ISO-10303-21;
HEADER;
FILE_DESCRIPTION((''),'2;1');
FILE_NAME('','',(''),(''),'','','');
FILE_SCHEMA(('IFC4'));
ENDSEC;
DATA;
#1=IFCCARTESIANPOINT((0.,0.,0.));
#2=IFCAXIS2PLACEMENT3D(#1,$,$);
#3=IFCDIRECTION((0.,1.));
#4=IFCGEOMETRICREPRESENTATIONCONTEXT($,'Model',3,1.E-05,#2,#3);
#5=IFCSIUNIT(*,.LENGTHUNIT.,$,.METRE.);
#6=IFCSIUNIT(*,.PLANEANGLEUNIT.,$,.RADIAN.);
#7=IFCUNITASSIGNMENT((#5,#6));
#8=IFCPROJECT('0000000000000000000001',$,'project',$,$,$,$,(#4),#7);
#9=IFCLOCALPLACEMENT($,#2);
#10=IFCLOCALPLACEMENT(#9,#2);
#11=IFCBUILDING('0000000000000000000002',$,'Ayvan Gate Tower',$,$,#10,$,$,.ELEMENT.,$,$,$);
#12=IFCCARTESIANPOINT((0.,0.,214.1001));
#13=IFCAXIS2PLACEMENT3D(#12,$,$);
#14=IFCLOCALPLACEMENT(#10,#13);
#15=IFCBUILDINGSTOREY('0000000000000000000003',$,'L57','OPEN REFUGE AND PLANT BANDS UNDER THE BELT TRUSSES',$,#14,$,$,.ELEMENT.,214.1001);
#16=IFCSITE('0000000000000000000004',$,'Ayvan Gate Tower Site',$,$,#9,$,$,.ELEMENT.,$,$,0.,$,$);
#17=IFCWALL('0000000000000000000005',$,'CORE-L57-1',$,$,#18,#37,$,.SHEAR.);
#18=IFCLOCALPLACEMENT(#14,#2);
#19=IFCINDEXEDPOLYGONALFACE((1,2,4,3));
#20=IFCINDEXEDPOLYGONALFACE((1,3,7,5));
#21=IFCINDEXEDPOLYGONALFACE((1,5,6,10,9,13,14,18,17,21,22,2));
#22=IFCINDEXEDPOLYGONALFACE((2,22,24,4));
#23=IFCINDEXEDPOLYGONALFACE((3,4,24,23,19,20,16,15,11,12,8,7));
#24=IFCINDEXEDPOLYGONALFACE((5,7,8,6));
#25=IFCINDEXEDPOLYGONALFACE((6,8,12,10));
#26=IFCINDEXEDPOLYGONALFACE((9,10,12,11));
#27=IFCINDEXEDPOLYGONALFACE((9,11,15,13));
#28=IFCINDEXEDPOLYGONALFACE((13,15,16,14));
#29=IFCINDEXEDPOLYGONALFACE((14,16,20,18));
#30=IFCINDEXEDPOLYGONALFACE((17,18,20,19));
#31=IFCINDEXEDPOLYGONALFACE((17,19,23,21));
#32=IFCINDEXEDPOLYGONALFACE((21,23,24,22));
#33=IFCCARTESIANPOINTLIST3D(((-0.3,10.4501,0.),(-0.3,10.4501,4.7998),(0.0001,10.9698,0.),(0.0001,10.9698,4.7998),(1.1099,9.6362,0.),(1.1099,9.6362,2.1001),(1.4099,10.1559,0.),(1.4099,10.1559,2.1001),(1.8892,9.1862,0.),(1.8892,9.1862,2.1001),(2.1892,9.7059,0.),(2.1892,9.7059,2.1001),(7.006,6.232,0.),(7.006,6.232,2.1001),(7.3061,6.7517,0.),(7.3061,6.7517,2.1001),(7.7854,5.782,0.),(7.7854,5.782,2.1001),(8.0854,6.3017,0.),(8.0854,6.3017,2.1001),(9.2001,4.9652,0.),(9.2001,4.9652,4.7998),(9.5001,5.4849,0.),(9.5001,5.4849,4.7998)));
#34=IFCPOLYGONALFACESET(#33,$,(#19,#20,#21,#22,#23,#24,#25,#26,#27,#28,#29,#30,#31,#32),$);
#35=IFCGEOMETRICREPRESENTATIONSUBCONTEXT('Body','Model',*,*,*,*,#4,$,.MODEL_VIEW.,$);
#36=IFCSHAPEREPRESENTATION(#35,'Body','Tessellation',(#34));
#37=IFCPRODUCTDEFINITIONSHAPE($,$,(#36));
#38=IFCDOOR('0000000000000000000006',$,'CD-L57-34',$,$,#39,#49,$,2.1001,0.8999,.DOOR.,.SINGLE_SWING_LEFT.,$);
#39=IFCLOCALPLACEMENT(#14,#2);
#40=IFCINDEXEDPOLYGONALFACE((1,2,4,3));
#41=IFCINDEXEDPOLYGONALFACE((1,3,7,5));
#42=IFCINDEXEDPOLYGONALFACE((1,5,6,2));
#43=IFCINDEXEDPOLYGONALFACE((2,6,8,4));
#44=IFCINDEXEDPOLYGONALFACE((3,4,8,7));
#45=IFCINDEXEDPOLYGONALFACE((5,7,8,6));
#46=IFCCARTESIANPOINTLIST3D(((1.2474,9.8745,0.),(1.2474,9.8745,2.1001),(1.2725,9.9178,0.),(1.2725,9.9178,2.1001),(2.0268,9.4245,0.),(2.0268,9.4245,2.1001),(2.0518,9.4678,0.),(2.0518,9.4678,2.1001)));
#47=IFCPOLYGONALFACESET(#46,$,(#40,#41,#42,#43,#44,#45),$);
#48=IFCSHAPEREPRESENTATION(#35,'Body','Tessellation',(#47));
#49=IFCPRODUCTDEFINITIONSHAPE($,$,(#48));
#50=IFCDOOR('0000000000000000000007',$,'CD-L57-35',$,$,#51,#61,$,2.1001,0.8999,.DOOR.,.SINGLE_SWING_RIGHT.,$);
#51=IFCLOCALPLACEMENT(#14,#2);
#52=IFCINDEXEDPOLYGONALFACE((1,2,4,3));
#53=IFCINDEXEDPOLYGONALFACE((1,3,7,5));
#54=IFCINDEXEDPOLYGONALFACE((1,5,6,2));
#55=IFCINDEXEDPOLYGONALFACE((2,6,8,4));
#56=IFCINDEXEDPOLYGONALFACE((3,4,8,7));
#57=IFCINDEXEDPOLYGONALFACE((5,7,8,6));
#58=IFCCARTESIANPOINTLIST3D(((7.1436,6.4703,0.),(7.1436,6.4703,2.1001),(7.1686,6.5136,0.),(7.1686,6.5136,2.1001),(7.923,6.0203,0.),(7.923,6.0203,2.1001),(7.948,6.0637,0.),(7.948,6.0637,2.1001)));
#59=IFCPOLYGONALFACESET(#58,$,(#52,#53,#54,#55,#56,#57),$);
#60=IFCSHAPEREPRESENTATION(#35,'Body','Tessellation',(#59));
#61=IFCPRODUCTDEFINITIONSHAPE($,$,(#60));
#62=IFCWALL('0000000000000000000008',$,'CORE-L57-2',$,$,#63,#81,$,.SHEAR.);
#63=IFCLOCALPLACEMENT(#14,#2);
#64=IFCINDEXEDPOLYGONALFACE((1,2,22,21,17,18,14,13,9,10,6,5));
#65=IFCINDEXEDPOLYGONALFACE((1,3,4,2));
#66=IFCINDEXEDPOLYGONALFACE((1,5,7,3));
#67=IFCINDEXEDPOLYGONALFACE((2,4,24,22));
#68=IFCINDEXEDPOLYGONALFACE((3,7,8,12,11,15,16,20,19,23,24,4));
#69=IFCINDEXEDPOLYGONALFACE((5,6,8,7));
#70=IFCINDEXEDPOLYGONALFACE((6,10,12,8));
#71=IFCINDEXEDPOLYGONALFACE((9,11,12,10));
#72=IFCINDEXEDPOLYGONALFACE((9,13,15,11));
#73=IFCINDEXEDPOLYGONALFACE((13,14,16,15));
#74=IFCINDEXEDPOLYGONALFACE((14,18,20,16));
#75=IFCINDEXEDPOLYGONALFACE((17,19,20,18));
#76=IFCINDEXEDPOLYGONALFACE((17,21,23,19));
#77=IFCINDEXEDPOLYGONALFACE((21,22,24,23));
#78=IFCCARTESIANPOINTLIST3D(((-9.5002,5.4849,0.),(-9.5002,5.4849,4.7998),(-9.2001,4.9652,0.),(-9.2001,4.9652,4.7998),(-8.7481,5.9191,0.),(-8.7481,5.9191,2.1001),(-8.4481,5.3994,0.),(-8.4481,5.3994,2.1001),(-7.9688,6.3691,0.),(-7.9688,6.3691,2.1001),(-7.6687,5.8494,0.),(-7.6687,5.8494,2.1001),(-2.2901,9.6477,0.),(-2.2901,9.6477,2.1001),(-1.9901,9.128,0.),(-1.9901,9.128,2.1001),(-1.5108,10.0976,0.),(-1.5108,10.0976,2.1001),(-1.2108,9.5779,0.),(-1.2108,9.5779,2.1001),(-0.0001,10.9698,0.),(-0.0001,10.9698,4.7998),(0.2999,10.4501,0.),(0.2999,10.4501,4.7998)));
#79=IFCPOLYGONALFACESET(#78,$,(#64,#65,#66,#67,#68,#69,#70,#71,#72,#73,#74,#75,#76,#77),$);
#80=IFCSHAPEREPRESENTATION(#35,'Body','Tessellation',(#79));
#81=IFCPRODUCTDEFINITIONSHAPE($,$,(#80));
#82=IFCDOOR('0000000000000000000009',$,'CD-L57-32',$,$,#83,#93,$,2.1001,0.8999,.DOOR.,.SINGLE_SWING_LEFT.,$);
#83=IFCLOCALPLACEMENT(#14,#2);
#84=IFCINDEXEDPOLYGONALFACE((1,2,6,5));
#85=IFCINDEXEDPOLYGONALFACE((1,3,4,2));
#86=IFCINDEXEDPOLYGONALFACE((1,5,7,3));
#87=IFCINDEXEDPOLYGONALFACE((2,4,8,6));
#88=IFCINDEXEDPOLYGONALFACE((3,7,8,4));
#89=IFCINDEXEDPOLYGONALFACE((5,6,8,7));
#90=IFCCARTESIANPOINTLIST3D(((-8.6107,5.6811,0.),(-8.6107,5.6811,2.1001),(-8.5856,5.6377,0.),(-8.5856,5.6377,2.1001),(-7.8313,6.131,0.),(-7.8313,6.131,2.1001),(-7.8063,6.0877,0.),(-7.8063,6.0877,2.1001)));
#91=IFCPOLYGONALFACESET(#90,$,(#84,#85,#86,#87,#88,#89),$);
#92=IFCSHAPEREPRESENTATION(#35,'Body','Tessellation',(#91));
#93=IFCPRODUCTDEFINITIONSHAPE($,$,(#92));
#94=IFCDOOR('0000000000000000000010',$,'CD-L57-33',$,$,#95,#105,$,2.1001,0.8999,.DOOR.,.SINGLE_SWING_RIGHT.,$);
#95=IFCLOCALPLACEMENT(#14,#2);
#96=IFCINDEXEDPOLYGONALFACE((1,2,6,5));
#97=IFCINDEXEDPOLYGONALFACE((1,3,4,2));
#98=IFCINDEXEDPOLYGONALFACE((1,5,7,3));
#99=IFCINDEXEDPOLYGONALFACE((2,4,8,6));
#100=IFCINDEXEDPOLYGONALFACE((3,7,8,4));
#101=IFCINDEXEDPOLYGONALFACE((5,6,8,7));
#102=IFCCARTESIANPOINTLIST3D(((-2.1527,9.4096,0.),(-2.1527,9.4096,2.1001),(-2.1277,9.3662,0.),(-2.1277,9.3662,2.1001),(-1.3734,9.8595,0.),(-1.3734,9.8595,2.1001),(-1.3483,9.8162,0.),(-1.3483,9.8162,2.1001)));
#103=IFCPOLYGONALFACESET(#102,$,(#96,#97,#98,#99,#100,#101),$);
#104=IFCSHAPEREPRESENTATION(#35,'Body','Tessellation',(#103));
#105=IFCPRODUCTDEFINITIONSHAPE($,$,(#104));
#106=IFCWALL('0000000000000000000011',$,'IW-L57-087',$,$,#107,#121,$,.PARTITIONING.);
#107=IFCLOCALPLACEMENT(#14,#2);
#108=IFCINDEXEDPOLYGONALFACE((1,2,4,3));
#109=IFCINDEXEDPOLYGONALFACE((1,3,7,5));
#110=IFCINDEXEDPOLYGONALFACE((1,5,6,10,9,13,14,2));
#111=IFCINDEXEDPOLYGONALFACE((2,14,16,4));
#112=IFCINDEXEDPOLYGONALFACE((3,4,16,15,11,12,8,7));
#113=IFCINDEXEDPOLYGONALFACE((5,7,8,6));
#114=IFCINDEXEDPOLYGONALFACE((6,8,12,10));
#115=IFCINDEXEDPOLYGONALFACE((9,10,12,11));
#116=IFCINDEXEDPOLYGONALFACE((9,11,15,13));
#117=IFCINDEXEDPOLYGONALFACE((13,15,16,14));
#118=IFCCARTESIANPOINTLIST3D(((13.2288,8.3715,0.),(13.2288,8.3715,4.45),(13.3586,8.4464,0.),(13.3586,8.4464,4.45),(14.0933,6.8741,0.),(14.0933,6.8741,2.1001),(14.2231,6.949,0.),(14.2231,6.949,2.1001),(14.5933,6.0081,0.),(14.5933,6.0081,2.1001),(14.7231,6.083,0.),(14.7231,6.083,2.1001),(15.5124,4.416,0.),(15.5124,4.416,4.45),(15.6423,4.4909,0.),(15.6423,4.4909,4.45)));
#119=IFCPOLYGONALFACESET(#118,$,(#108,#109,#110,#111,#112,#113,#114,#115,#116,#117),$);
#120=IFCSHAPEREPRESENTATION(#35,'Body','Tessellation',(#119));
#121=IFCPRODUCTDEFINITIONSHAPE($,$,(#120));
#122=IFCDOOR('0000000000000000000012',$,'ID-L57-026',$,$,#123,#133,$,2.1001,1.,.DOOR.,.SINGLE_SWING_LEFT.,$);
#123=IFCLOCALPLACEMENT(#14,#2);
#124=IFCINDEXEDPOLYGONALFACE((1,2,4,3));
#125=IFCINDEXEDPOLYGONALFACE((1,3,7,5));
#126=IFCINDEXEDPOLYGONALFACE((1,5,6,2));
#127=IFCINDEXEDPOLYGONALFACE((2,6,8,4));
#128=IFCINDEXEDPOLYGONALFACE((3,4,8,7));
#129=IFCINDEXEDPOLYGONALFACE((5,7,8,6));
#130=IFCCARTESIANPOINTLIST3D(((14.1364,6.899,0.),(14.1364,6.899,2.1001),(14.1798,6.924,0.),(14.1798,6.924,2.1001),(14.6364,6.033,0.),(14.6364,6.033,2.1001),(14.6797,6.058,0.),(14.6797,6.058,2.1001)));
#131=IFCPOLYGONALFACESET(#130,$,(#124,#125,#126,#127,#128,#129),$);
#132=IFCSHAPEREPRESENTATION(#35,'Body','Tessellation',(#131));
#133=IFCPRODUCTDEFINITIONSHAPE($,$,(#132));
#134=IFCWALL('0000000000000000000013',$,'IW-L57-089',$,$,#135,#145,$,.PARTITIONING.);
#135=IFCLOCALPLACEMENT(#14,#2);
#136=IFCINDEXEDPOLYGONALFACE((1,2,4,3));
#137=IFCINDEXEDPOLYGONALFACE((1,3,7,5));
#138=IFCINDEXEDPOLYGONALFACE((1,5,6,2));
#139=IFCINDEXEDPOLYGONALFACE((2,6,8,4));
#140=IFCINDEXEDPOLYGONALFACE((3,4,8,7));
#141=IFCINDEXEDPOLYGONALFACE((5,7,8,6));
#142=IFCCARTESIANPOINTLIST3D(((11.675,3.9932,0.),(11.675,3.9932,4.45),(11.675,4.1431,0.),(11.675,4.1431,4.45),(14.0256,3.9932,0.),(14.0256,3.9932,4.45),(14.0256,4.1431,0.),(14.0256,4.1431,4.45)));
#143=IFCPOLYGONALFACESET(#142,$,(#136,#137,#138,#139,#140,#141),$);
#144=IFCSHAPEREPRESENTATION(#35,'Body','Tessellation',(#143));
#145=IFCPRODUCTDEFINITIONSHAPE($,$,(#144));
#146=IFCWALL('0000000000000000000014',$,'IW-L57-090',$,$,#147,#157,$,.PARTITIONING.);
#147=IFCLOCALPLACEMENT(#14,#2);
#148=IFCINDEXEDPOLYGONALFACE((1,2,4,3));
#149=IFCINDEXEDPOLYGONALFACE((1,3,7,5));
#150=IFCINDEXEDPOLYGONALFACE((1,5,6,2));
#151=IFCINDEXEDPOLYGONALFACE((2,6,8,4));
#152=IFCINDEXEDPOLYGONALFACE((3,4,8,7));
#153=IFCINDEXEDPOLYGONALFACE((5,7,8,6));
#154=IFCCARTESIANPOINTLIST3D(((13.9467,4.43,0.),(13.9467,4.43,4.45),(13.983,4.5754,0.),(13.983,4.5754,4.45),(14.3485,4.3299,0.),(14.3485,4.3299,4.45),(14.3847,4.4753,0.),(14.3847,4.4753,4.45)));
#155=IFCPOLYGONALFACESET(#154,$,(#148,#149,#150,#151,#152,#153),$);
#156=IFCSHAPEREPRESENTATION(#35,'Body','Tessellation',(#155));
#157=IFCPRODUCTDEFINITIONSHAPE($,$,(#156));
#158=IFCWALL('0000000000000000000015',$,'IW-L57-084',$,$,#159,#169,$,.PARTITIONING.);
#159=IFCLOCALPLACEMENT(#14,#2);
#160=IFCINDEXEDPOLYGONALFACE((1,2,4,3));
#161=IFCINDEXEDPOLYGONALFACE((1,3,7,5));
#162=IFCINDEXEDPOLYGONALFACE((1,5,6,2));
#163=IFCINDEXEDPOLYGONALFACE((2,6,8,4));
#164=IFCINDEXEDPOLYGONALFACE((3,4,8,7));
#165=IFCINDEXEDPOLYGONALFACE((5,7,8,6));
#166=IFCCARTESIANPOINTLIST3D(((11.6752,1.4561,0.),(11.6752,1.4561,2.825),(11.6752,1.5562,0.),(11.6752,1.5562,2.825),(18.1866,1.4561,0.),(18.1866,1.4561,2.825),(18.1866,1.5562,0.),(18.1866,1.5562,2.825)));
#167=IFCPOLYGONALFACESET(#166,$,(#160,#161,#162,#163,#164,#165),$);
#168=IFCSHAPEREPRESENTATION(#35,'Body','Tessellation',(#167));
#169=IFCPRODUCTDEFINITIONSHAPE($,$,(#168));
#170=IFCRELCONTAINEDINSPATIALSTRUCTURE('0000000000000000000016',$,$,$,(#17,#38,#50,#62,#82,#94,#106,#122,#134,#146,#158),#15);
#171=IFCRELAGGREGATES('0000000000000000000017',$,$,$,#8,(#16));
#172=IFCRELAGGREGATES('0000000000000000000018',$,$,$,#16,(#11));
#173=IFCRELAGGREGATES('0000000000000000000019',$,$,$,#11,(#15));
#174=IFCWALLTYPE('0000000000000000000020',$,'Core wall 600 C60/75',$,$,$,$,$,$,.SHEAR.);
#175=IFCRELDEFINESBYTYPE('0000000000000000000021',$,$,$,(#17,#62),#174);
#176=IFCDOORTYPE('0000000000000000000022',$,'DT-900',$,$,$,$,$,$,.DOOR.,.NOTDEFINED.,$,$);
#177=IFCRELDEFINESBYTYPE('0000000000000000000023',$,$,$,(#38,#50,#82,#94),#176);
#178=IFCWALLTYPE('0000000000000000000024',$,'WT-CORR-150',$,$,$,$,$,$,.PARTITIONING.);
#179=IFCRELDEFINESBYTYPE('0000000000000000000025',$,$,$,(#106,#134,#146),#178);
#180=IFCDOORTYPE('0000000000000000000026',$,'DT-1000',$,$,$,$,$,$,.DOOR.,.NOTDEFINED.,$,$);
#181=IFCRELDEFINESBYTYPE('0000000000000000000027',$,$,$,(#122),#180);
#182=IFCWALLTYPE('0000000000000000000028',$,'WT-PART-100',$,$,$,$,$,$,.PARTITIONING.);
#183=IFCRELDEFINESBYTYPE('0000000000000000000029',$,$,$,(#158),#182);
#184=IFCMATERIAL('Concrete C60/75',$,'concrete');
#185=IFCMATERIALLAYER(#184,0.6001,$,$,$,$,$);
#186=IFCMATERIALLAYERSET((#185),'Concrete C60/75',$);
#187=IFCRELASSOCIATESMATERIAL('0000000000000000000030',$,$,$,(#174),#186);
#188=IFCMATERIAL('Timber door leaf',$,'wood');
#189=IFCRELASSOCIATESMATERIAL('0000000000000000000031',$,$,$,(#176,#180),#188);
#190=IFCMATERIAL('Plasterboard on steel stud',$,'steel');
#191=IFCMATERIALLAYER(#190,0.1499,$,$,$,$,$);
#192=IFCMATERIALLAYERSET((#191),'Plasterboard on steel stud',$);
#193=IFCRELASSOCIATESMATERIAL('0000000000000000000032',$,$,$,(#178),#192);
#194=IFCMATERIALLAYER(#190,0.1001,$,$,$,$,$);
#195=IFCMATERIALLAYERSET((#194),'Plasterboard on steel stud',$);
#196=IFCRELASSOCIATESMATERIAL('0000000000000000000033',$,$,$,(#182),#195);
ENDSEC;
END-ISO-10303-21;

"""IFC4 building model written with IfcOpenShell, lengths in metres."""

from ifc_helpers import new_model, si_unit, direction, frame, frame_2d, origin, place, context, subcontext, project, spatial, rectangle, extrude, material, layer, layer_set, type_object, element, fill, save


model = new_model("IFC4")

# Units and contexts
model_context = context("Model", 3, precision=1e-05, world=origin(), true_north=direction((0.0, 1.0)))
body_context = subcontext(model_context, "Body", "Model", "MODEL_VIEW")
ifc_project = project(units=[si_unit("LENGTHUNIT", "METRE"), si_unit("PLANEANGLEUNIT", "RADIAN")], contexts=[model_context])

# Site, building, storey
site_placement = place(None, origin())
site = spatial("IfcSite", under=ifc_project, at=site_placement, Name="Ayvan Gate Tower Site", CompositionType="ELEMENT", RefElevation=0.0)
building_placement = place(site_placement, origin())
building = spatial("IfcBuilding", under=site, at=building_placement, Name="Ayvan Gate Tower", CompositionType="ELEMENT")
storey_placement = place(building_placement, frame((0.0, 0.0, 214.1001)))
storey = spatial("IfcBuildingStorey", under=building, at=storey_placement, Name="L57", Description="OPEN REFUGE AND PLANT BANDS UNDER THE BELT TRUSSES", CompositionType="ELEMENT", Elevation=214.1001)

# Walls, openings, doors
ifc_material_1 = material(Name="Concrete C60/75", Category="concrete")
ifc_layer_1 = layer(ifc_material_1, 0.6001)
ifc_layer_set_1 = layer_set([ifc_layer_1], Name="Concrete C60/75")
wall_type_1 = type_object("IfcWallType", Name="Core wall 600 C60/75", PredefinedType="SHEAR", material=ifc_layer_set_1)
wall_1_placement = place(storey_placement, frame((9.3501, 5.2251, 0.0), z_axis=(0.0, 0.0, 1.0), x_axis=(-0.866024, 0.500002, 0.0)))
wall_1 = element("IfcWall", 1, at=wall_1_placement, inside=storey, type_object=wall_type_1, Name="CORE-L57-1", PredefinedType="SHEAR", context=body_context, shape_type="SweptSolid", body=[
    extrude(rectangle(XDim=10.9697, YDim=0.6001, at=frame_2d((5.4849, 0.0))), origin(), (0.0, 0.0, 1.0), 4.7998),
])
opening_1_placement = place(wall_1_placement, frame((8.4419, 0.0, 0.0)))
opening_1 = element("IfcOpeningElement", 2, at=opening_1_placement, cuts=wall_1, PredefinedType="OPENING", context=body_context, shape_type="SweptSolid", body=[
    extrude(rectangle(XDim=0.8999, YDim=2.1001, at=frame_2d((0.45, 1.05))), frame((0.0, 0.3101, 0.0), z_axis=(0.0, -1.0, 0.0), x_axis=(1.0, 0.0, 0.0)), (0.0, 0.0, 1.0), 0.6201),
])
opening_2_placement = place(wall_1_placement, frame((1.6335, 0.0, 0.0)))
opening_2 = element("IfcOpeningElement", 3, at=opening_2_placement, cuts=wall_1, PredefinedType="OPENING", context=body_context, shape_type="SweptSolid", body=[
    extrude(rectangle(XDim=0.8999, YDim=2.1001, at=frame_2d((0.45, 1.05))), frame((0.0, 0.3101, 0.0), z_axis=(0.0, -1.0, 0.0), x_axis=(1.0, 0.0, 0.0)), (0.0, 0.0, 1.0), 0.6201),
])
ifc_material_2 = material(Name="Timber door leaf", Category="wood")
door_type_1 = type_object("IfcDoorType", Name="DT-900", OperationType="NOTDEFINED", PredefinedType="DOOR", material=ifc_material_2)
door_1_placement = place(opening_1_placement, origin())
door_1 = element("IfcDoor", 4, at=door_1_placement, inside=storey, type_object=door_type_1, Name="CD-L57-34", OperationType="SINGLE_SWING_LEFT", OverallHeight=2.1001, OverallWidth=0.8999, PredefinedType="DOOR", context=body_context, shape_type="SweptSolid", body=[
    extrude(rectangle(XDim=0.8999, YDim=2.1001, at=frame_2d((0.45, 1.05))), frame((0.0, 0.0249, 0.0), z_axis=(0.0, -1.0, 0.0), x_axis=(1.0, 0.0, 0.0)), (0.0, 0.0, 1.0), 0.05),
])
fill(opening_1, door_1)
door_2_placement = place(opening_2_placement, origin())
door_2 = element("IfcDoor", 5, at=door_2_placement, inside=storey, type_object=door_type_1, Name="CD-L57-35", OperationType="SINGLE_SWING_RIGHT", OverallHeight=2.1001, OverallWidth=0.8999, PredefinedType="DOOR", context=body_context, shape_type="SweptSolid", body=[
    extrude(rectangle(XDim=0.8999, YDim=2.1001, at=frame_2d((0.45, 1.05))), frame((0.0, 0.0249, 0.0), z_axis=(0.0, -1.0, 0.0), x_axis=(1.0, 0.0, 0.0)), (0.0, 0.0, 1.0), 0.05),
])
fill(opening_2, door_2)
wall_2_placement = place(storey_placement, frame((0.1499, 10.71, 0.0), z_axis=(0.0, 0.0, 1.0), x_axis=(-0.866024, -0.500002, 0.0)))
wall_2 = element("IfcWall", 6, at=wall_2_placement, inside=storey, type_object=wall_type_1, Name="CORE-L57-2", PredefinedType="SHEAR", context=body_context, shape_type="SweptSolid", body=[
    extrude(rectangle(XDim=10.9697, YDim=0.6001, at=frame_2d((5.4849, 0.0))), origin(), (0.0, 0.0, 1.0), 4.7998),
])
opening_3_placement = place(wall_2_placement, frame((9.2014, 0.0, 0.0)))
opening_3 = element("IfcOpeningElement", 7, at=opening_3_placement, cuts=wall_2, PredefinedType="OPENING", context=body_context, shape_type="SweptSolid", body=[
    extrude(rectangle(XDim=0.8999, YDim=2.1001, at=frame_2d((0.45, 1.05))), frame((0.0, 0.3101, 0.0), z_axis=(0.0, -1.0, 0.0), x_axis=(1.0, 0.0, 0.0)), (0.0, 0.0, 1.0), 0.6201),
])
opening_4_placement = place(wall_2_placement, frame((1.7444, 0.0, 0.0)))
opening_4 = element("IfcOpeningElement", 8, at=opening_4_placement, cuts=wall_2, PredefinedType="OPENING", context=body_context, shape_type="SweptSolid", body=[
    extrude(rectangle(XDim=0.8999, YDim=2.1001, at=frame_2d((0.45, 1.05))), frame((0.0, 0.3101, 0.0), z_axis=(0.0, -1.0, 0.0), x_axis=(1.0, 0.0, 0.0)), (0.0, 0.0, 1.0), 0.6201),
])
door_3_placement = place(opening_3_placement, origin())
door_3 = element("IfcDoor", 9, at=door_3_placement, inside=storey, type_object=door_type_1, Name="CD-L57-32", OperationType="SINGLE_SWING_LEFT", OverallHeight=2.1001, OverallWidth=0.8999, PredefinedType="DOOR", context=body_context, shape_type="SweptSolid", body=[
    extrude(rectangle(XDim=0.8999, YDim=2.1001, at=frame_2d((0.45, 1.05))), frame((0.0, 0.0249, 0.0), z_axis=(0.0, -1.0, 0.0), x_axis=(1.0, 0.0, 0.0)), (0.0, 0.0, 1.0), 0.05),
])
fill(opening_3, door_3)
door_4_placement = place(opening_4_placement, origin())
door_4 = element("IfcDoor", 10, at=door_4_placement, inside=storey, type_object=door_type_1, Name="CD-L57-33", OperationType="SINGLE_SWING_RIGHT", OverallHeight=2.1001, OverallWidth=0.8999, PredefinedType="DOOR", context=body_context, shape_type="SweptSolid", body=[
    extrude(rectangle(XDim=0.8999, YDim=2.1001, at=frame_2d((0.45, 1.05))), frame((0.0, 0.0249, 0.0), z_axis=(0.0, -1.0, 0.0), x_axis=(1.0, 0.0, 0.0)), (0.0, 0.0, 1.0), 0.05),
])
fill(opening_4, door_4)

# Wall, opening, door
ifc_material_3 = material(Name="Plasterboard on steel stud", Category="steel")
ifc_layer_2 = layer(ifc_material_3, 0.1499)
ifc_layer_set_2 = layer_set([ifc_layer_2], Name="Plasterboard on steel stud")
wall_type_2 = type_object("IfcWallType", Name="WT-CORR-150", PredefinedType="PARTITIONING", material=ifc_layer_set_2)
wall_3_placement = place(storey_placement, frame((13.2937, 8.4089, 0.0), z_axis=(0.0, 0.0, 1.0), x_axis=(0.499991, -0.866031, 0.0)))
wall_3 = element("IfcWall", 11, at=wall_3_placement, inside=storey, type_object=wall_type_2, Name="IW-L57-087", PredefinedType="PARTITIONING", context=body_context, shape_type="SweptSolid", body=[
    extrude(rectangle(XDim=4.5674, YDim=0.1499, at=frame_2d((2.2837, 0.0))), origin(), (0.0, 0.0, 1.0), 4.45),
])
opening_5_placement = place(wall_3_placement, frame((1.729, 0.0, 0.0)))
opening_5 = element("IfcOpeningElement", 12, at=opening_5_placement, cuts=wall_3, PredefinedType="OPENING", context=body_context, shape_type="SweptSolid", body=[
    extrude(rectangle(XDim=1.0, YDim=2.1001, at=frame_2d((0.5, 1.05))), frame((0.0, 0.085, 0.0), z_axis=(0.0, -1.0, 0.0), x_axis=(1.0, 0.0, 0.0)), (0.0, 0.0, 1.0), 0.1699),
])
door_type_2 = type_object("IfcDoorType", Name="DT-1000", OperationType="NOTDEFINED", PredefinedType="DOOR", material=ifc_material_2)
door_5_placement = place(opening_5_placement, origin())
door_5 = element("IfcDoor", 13, at=door_5_placement, inside=storey, type_object=door_type_2, Name="ID-L57-026", OperationType="SINGLE_SWING_LEFT", OverallHeight=2.1001, OverallWidth=1.0, PredefinedType="DOOR", context=body_context, shape_type="SweptSolid", body=[
    extrude(rectangle(XDim=1.0, YDim=2.1001, at=frame_2d((0.5, 1.05))), frame((0.0, 0.0249, 0.0), z_axis=(0.0, -1.0, 0.0), x_axis=(1.0, 0.0, 0.0)), (0.0, 0.0, 1.0), 0.05),
])
fill(opening_5, door_5)

# Walls
wall_4_placement = place(storey_placement, frame((14.0256, 4.0681, 0.0), z_axis=(0.0, 0.0, 1.0), x_axis=(-1.0, 0.0, 0.0)))
element("IfcWall", 14, at=wall_4_placement, inside=storey, type_object=wall_type_2, Name="IW-L57-089", PredefinedType="PARTITIONING", context=body_context, shape_type="SweptSolid", body=[
    extrude(rectangle(XDim=2.3506, YDim=0.1499, at=frame_2d((1.1753, 0.0))), origin(), (0.0, 0.0, 1.0), 4.45),
])
wall_5_placement = place(storey_placement, frame((13.9648, 4.5027, 0.0), z_axis=(0.0, 0.0, 1.0), x_axis=(0.97035, -0.241703, 0.0)))
element("IfcWall", 15, at=wall_5_placement, inside=storey, type_object=wall_type_2, Name="IW-L57-090", PredefinedType="PARTITIONING", context=body_context, shape_type="SweptSolid", body=[
    extrude(rectangle(XDim=0.4141, YDim=0.1499, at=frame_2d((0.207, 0.0))), origin(), (0.0, 0.0, 1.0), 4.45),
])
ifc_layer_3 = layer(ifc_material_3, 0.1001)
ifc_layer_set_3 = layer_set([ifc_layer_3], Name="Plasterboard on steel stud")
wall_type_3 = type_object("IfcWallType", Name="WT-PART-100", PredefinedType="PARTITIONING", material=ifc_layer_set_3)
wall_6_placement = place(storey_placement, frame((11.675, 1.5061, 0.0), z_axis=(0.0, 0.0, 1.0), x_axis=(1.0, 0.0, 0.0)))
element("IfcWall", 16, at=wall_6_placement, inside=storey, type_object=wall_type_3, Name="IW-L57-084", PredefinedType="PARTITIONING", context=body_context, shape_type="SweptSolid", body=[
    extrude(rectangle(XDim=6.5115, YDim=0.1001, at=frame_2d((3.2559, 0.0))), origin(), (0.0, 0.0, 1.0), 2.825),
])

save(model, "model.ifc")
